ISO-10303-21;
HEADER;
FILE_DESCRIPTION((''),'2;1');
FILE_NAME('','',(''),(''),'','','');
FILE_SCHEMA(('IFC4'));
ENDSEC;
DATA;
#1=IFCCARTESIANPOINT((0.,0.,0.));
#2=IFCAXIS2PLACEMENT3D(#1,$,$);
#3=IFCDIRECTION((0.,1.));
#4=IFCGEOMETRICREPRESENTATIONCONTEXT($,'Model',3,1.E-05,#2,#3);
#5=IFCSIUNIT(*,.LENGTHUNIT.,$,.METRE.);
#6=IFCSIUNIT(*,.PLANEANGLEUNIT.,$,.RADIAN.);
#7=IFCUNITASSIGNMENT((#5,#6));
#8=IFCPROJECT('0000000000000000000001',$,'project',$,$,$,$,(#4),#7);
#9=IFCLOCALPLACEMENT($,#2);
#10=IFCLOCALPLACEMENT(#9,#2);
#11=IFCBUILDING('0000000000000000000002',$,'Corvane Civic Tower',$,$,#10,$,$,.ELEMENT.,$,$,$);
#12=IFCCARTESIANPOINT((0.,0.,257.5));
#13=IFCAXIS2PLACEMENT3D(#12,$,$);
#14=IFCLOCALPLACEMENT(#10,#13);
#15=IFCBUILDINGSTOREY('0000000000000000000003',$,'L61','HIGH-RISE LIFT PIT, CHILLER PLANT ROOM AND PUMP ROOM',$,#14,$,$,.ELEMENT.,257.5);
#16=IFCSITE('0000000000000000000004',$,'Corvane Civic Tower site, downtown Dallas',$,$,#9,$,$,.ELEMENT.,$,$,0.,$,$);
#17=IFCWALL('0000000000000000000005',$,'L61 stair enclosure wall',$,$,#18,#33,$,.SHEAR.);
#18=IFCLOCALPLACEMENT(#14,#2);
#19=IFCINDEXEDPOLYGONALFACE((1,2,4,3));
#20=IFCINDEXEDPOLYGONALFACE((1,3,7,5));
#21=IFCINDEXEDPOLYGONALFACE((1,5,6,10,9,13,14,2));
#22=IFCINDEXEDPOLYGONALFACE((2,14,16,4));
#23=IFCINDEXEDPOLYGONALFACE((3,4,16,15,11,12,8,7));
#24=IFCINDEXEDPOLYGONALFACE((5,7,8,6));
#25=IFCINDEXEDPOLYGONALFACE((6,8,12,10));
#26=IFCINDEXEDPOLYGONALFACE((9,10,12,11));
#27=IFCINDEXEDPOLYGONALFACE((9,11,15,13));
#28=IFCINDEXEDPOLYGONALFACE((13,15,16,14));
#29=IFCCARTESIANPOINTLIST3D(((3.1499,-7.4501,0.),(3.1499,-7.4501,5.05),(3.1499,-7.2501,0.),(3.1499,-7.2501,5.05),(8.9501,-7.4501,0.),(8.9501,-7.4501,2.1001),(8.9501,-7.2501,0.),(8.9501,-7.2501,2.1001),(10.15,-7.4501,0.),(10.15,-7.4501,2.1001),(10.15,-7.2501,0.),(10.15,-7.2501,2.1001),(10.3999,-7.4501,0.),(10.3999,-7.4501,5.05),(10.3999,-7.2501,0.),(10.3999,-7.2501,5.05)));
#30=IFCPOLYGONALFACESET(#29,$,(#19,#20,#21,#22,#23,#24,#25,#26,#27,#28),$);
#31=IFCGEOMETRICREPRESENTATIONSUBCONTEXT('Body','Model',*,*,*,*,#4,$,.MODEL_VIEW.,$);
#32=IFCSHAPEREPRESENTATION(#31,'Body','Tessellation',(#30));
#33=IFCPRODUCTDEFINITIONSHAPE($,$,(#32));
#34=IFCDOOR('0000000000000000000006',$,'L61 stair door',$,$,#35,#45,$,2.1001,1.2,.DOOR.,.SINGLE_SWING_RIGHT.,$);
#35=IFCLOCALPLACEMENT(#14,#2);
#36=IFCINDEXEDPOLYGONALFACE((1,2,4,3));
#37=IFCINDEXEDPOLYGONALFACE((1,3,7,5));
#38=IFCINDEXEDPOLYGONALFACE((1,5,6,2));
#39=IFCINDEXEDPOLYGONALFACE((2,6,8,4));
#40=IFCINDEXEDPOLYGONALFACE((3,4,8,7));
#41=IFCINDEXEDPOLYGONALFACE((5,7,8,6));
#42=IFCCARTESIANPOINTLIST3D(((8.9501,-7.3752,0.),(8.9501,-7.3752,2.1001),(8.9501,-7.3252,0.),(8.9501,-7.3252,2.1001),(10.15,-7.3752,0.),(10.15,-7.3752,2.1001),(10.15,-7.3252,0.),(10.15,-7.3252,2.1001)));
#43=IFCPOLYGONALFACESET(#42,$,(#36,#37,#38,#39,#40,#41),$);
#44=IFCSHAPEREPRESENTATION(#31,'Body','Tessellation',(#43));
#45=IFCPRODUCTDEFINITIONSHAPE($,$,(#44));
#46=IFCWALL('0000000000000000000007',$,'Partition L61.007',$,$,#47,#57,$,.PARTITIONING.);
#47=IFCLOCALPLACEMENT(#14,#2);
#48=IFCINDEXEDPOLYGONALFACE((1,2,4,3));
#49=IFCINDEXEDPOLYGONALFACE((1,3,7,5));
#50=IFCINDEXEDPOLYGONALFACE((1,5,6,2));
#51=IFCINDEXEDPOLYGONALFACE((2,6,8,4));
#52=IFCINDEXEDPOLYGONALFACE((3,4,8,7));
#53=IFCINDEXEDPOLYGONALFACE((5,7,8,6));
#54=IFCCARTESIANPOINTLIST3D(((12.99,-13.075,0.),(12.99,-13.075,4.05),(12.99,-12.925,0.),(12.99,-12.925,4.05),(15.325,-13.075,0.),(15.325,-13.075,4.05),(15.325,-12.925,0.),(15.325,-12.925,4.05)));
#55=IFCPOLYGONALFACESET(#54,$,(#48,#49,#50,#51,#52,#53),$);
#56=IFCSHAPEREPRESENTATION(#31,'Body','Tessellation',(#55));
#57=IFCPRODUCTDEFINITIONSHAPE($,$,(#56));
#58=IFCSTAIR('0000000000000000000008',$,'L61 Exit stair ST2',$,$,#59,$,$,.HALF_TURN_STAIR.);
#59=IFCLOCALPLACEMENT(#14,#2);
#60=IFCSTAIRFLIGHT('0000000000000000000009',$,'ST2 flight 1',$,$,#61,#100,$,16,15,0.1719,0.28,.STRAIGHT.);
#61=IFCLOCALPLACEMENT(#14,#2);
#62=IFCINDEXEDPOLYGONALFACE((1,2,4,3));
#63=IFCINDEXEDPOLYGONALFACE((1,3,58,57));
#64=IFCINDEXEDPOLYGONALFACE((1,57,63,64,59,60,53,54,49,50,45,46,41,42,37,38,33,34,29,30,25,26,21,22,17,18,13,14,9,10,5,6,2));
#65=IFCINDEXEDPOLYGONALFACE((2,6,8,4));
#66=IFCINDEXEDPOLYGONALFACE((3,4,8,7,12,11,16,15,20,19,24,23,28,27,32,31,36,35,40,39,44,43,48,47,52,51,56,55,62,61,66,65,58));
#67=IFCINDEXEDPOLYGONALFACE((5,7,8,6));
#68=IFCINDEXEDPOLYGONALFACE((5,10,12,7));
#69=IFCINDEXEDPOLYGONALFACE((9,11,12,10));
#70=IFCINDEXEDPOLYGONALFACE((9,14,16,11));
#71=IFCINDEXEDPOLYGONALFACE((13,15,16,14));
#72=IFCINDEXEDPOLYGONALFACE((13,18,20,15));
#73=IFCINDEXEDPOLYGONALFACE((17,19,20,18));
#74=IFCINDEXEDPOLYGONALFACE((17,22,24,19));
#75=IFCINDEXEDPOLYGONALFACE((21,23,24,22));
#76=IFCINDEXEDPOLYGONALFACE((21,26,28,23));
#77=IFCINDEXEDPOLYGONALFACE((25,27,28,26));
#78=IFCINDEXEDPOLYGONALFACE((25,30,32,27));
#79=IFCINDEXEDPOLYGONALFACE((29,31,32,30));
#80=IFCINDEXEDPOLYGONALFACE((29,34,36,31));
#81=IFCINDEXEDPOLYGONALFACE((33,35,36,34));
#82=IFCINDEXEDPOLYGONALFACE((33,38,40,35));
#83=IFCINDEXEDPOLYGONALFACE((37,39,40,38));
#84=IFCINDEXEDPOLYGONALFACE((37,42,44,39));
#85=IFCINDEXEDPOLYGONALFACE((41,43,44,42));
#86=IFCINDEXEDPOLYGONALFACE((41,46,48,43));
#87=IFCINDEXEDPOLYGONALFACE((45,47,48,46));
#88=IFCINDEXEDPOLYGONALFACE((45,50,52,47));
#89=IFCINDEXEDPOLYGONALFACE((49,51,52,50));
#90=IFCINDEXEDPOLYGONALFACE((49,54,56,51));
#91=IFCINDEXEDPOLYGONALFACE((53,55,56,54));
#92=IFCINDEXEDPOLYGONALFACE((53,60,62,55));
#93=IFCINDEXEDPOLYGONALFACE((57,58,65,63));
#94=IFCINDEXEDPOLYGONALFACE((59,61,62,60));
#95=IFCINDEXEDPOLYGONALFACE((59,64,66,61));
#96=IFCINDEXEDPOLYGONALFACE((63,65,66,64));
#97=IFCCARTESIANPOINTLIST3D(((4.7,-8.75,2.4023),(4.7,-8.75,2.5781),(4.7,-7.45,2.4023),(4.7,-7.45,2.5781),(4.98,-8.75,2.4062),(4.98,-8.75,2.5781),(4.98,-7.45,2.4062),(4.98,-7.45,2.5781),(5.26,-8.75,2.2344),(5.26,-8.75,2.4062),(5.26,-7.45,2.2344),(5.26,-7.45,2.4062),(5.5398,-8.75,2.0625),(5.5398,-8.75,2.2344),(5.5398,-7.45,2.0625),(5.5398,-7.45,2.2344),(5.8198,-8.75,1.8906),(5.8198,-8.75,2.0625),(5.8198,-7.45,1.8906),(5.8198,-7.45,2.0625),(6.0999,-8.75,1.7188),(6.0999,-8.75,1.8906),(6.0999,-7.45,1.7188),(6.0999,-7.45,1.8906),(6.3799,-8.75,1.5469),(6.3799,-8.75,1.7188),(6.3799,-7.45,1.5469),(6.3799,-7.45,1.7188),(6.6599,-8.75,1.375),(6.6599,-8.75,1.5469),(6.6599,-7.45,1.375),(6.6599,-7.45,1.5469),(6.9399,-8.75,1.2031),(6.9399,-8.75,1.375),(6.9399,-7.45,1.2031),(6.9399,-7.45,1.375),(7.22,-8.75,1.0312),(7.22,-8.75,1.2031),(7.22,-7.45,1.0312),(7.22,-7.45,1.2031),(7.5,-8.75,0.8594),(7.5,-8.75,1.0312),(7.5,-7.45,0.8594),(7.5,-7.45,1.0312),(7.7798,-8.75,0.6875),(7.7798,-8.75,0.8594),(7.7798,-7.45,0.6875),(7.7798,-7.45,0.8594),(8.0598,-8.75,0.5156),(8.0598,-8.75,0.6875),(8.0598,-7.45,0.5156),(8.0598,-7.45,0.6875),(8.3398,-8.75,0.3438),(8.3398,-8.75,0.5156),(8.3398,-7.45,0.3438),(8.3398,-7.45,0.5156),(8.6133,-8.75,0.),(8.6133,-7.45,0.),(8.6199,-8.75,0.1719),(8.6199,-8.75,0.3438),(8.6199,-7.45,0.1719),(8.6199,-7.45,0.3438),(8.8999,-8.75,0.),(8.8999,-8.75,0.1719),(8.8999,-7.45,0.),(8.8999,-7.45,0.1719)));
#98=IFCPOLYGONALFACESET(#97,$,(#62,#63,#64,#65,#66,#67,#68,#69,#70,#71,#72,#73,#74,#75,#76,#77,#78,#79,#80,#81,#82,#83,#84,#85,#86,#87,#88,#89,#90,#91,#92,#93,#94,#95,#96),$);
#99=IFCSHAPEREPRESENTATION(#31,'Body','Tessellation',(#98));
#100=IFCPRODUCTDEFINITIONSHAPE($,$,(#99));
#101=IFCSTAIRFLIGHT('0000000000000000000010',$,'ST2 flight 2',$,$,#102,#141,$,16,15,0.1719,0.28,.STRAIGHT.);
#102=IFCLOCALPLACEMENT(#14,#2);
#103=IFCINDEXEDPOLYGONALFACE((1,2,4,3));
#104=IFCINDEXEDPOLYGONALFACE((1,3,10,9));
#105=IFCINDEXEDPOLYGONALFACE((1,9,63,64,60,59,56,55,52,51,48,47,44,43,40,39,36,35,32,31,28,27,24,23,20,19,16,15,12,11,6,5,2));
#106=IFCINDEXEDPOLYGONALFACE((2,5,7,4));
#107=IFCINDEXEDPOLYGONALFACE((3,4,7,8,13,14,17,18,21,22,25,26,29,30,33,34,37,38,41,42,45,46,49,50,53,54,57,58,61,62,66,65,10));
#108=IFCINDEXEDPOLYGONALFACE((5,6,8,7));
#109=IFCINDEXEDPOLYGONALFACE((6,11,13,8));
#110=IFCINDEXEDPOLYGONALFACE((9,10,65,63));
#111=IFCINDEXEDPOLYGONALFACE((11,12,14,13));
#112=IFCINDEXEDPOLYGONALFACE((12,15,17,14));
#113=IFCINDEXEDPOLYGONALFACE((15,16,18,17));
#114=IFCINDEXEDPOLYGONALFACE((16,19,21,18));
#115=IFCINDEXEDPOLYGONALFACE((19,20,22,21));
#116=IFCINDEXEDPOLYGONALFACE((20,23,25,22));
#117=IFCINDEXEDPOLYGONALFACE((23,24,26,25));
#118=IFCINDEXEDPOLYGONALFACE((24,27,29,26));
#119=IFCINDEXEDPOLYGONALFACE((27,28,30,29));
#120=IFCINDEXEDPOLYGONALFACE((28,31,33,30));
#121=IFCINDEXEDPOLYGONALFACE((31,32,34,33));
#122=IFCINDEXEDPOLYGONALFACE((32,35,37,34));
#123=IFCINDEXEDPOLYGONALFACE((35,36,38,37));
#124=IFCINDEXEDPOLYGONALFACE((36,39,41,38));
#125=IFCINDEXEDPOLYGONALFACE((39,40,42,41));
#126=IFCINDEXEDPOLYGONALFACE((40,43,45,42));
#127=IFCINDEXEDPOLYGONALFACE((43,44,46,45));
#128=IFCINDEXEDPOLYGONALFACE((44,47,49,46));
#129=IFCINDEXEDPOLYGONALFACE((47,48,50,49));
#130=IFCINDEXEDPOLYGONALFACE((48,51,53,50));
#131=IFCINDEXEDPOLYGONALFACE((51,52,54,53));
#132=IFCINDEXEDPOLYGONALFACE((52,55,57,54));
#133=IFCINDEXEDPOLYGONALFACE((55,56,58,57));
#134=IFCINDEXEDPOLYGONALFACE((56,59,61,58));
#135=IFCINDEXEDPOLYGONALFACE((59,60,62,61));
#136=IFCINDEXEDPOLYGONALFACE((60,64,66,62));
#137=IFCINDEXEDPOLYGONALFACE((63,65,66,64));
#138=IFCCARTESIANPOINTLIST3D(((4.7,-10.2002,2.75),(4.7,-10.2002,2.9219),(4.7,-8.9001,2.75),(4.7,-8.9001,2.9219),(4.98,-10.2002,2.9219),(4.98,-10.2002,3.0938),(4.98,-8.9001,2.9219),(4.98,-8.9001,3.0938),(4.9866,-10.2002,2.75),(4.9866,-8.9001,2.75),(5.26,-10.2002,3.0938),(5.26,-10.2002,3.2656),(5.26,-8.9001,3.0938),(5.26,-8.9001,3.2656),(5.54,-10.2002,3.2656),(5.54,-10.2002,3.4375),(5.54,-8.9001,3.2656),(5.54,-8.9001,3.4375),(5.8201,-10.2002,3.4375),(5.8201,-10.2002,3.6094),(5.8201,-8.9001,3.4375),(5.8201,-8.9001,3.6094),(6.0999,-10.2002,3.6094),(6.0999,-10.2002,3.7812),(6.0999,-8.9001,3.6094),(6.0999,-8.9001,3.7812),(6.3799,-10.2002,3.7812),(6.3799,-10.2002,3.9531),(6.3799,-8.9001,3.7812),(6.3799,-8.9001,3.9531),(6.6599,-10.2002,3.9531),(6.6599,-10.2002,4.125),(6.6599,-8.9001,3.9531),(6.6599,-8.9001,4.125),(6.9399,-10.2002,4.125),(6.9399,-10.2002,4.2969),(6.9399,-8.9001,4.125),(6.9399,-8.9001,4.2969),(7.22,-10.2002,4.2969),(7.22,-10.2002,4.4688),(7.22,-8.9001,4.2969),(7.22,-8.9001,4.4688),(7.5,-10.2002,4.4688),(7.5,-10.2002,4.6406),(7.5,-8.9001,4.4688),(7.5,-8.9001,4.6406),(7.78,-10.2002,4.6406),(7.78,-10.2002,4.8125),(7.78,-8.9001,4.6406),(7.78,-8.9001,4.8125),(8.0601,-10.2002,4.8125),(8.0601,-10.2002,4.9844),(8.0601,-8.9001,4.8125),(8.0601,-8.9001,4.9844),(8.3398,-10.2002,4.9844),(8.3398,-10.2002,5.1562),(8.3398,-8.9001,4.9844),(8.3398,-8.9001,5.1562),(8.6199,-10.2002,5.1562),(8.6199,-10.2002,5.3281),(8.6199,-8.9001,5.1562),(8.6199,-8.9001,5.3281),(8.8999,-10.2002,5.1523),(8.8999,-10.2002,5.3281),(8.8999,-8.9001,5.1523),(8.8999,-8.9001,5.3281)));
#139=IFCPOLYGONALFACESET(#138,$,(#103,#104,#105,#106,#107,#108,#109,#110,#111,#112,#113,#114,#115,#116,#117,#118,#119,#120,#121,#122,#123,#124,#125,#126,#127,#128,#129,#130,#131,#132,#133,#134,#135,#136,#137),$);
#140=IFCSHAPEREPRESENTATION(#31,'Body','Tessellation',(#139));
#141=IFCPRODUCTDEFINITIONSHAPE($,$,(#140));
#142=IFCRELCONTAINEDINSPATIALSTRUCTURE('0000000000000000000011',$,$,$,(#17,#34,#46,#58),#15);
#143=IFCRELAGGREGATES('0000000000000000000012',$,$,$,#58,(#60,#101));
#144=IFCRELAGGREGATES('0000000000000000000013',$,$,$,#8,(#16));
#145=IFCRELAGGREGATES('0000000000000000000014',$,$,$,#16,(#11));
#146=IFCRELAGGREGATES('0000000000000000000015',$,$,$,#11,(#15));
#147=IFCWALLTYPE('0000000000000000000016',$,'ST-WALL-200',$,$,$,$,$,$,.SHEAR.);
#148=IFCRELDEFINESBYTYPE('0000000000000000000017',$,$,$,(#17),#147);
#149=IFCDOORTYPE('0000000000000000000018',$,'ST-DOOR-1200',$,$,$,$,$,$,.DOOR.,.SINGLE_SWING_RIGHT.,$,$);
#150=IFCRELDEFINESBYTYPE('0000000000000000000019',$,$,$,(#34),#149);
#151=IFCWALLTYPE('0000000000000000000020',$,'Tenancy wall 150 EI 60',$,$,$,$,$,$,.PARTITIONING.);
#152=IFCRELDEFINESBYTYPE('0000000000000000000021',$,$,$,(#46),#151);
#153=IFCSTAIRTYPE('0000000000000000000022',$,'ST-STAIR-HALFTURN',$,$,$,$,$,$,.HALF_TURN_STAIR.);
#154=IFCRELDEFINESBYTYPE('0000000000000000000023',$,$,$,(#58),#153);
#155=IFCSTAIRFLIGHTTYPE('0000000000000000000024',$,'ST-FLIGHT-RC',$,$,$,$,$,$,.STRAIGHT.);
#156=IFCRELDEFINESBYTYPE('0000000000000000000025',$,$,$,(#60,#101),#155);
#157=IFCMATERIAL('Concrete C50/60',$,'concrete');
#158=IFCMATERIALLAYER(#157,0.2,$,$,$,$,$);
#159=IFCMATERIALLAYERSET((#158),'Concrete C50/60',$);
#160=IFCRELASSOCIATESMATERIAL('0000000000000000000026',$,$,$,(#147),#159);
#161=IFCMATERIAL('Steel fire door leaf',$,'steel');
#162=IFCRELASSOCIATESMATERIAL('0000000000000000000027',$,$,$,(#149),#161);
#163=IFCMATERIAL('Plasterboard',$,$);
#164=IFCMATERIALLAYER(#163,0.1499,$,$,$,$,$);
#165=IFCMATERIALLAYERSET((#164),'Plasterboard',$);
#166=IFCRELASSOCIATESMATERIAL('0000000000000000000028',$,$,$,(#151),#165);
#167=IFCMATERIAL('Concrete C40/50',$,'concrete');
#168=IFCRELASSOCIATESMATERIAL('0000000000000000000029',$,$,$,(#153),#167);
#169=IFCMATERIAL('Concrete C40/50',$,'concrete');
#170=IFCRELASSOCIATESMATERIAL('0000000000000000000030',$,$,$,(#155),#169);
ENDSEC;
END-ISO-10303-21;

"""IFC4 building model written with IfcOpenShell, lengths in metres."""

from ifc_helpers import new_model, si_unit, direction, frame, frame_2d, origin, place, context, subcontext, project, spatial, polyline, rectangle, outline, extrude, material, layer, layer_set, type_object, element, fill, aggregate, save


model = new_model("IFC4")

# Units and contexts
model_context = context("Model", 3, precision=1e-05, world=origin(), true_north=direction((0.0, 1.0)))
body_context = subcontext(model_context, "Body", "Model", "MODEL_VIEW")
ifc_project = project(units=[si_unit("LENGTHUNIT", "METRE"), si_unit("PLANEANGLEUNIT", "RADIAN")], contexts=[model_context])

# Site, building, storey
site_placement = place(None, origin())
site = spatial("IfcSite", under=ifc_project, at=site_placement, Name="Corvane Civic Tower site, downtown Dallas", CompositionType="ELEMENT", RefElevation=0.0)
building_placement = place(site_placement, origin())
building = spatial("IfcBuilding", under=site, at=building_placement, Name="Corvane Civic Tower", CompositionType="ELEMENT")
storey_placement = place(building_placement, frame((0.0, 0.0, 257.5)))
storey = spatial("IfcBuildingStorey", under=building, at=storey_placement, Name="L61", Description="HIGH-RISE LIFT PIT, CHILLER PLANT ROOM AND PUMP ROOM", CompositionType="ELEMENT", Elevation=257.5)

# Wall, opening, door
ifc_material_1 = material(Name="Concrete C50/60", Category="concrete")
ifc_layer_1 = layer(ifc_material_1, 0.2)
ifc_layer_set_1 = layer_set([ifc_layer_1], Name="Concrete C50/60")
wall_type_1 = type_object("IfcWallType", Name="ST-WALL-200", PredefinedType="SHEAR", material=ifc_layer_set_1)
wall_1_placement = place(storey_placement, frame((3.1499, -7.3501, 0.0), z_axis=(0.0, 0.0, 1.0), x_axis=(1.0, 0.0, 0.0)))
wall_1 = element("IfcWall", 1, at=wall_1_placement, inside=storey, type_object=wall_type_1, Name="L61 stair enclosure wall", PredefinedType="SHEAR", context=body_context, shape_type="SweptSolid", body=[
    extrude(rectangle(XDim=7.25, YDim=0.2, at=frame_2d((3.625, 0.0))), origin(), (0.0, 0.0, 1.0), 5.05),
])
opening_1_placement = place(wall_1_placement, frame((5.8, 0.0, 0.0)))
opening_1 = element("IfcOpeningElement", 2, at=opening_1_placement, cuts=wall_1, PredefinedType="OPENING", context=body_context, shape_type="SweptSolid", body=[
    extrude(rectangle(XDim=1.2, YDim=2.1001, at=frame_2d((0.6001, 1.05))), frame((0.0, 0.1099, 0.0), z_axis=(0.0, -1.0, 0.0), x_axis=(1.0, 0.0, 0.0)), (0.0, 0.0, 1.0), 0.22),
])
ifc_material_2 = material(Name="Steel fire door leaf", Category="steel")
door_type_1 = type_object("IfcDoorType", Name="ST-DOOR-1200", OperationType="SINGLE_SWING_RIGHT", PredefinedType="DOOR", material=ifc_material_2)
door_1_placement = place(opening_1_placement, origin())
door_1 = element("IfcDoor", 3, at=door_1_placement, inside=storey, type_object=door_type_1, Name="L61 stair door", OperationType="SINGLE_SWING_RIGHT", OverallHeight=2.1001, OverallWidth=1.2, PredefinedType="DOOR", context=body_context, shape_type="SweptSolid", body=[
    extrude(rectangle(XDim=1.2, YDim=2.1001, at=frame_2d((0.6001, 1.05))), frame((0.0, 0.0249, 0.0), z_axis=(0.0, -1.0, 0.0), x_axis=(1.0, 0.0, 0.0)), (0.0, 0.0, 1.0), 0.05),
])
fill(opening_1, door_1)

# Wall
ifc_material_3 = material(Name="Plasterboard")
ifc_layer_2 = layer(ifc_material_3, 0.1499)
ifc_layer_set_2 = layer_set([ifc_layer_2], Name="Plasterboard")
wall_type_2 = type_object("IfcWallType", Name="Tenancy wall 150 EI 60", PredefinedType="PARTITIONING", material=ifc_layer_set_2)
wall_2_placement = place(storey_placement, frame((12.99, -13.0, 0.0), z_axis=(0.0, 0.0, 1.0), x_axis=(1.0, 0.0, 0.0)))
element("IfcWall", 4, at=wall_2_placement, inside=storey, type_object=wall_type_2, Name="Partition L61.007", PredefinedType="PARTITIONING", context=body_context, shape_type="SweptSolid", body=[
    extrude(rectangle(XDim=2.335, YDim=0.1499, at=frame_2d((1.1675, 0.0))), origin(), (0.0, 0.0, 1.0), 4.05),
])

# Stair, stair flights
ifc_material_4 = material(Name="Concrete C40/50", Category="concrete")
stair_type = type_object("IfcStairType", Name="ST-STAIR-HALFTURN", PredefinedType="HALF_TURN_STAIR", material=ifc_material_4)
stair_placement = place(storey_placement, origin())
stair = element("IfcStair", 5, at=stair_placement, inside=storey, type_object=stair_type, Name="L61 Exit stair ST2", PredefinedType="HALF_TURN_STAIR")
ifc_material_5 = material(Name="Concrete C40/50", Category="concrete")
stair_flight_type = type_object("IfcStairFlightType", Name="ST-FLIGHT-RC", PredefinedType="STRAIGHT", material=ifc_material_5)
stair_flight_1_placement = place(storey_placement, frame((8.8999, -8.1001, 0.0), z_axis=(0.0, 0.0, 1.0), x_axis=(-1.0, 0.0, 0.0)))
stair_flight_1 = element("IfcStairFlight", 6, at=stair_flight_1_placement, type_object=stair_flight_type, Name="ST2 flight 1", NumberOfRisers=16, NumberOfTreads=15, PredefinedType="STRAIGHT", RiserHeight=0.1719, TreadLength=0.28, context=body_context, shape_type="SweptSolid", body=[
    extrude(outline(polyline([(0.0, 0.0), (0.0, 0.1719), (0.28, 0.1719), (0.28, 0.3438), (0.5601, 0.3438), (0.5601, 0.5156), (0.8401, 0.5156), (0.8401, 0.6875), (1.1201, 0.6875), (1.1201, 0.8594), (1.3999, 0.8594), (1.3999, 1.0312), (1.6799, 1.0312), (1.6799, 1.2031), (1.96, 1.2031), (1.96, 1.375), (2.24, 1.375), (2.24, 1.5469), (2.52, 1.5469), (2.52, 1.7188), (2.8, 1.7188), (2.8, 1.8906), (3.0801, 1.8906), (3.0801, 2.0625), (3.3601, 2.0625), (3.3601, 2.2344), (3.6399, 2.2344), (3.6399, 2.4062), (3.9199, 2.4062), (3.9199, 2.5781), (4.2, 2.5781), (4.2, 2.75), (4.2, 2.4023), (0.2866, 0.0), (0.0, 0.0)])), frame((0.0, 0.6499, 0.0), z_axis=(0.0, -1.0, 0.0), x_axis=(1.0, 0.0, 0.0)), (0.0, 0.0, 1.0), 1.3),
])
stair_flight_2_placement = place(storey_placement, frame((4.7, -9.55, 2.75), z_axis=(0.0, 0.0, 1.0), x_axis=(1.0, 0.0, 0.0)))
stair_flight_2 = element("IfcStairFlight", 7, at=stair_flight_2_placement, type_object=stair_flight_type, Name="ST2 flight 2", NumberOfRisers=16, NumberOfTreads=15, PredefinedType="STRAIGHT", RiserHeight=0.1719, TreadLength=0.28, context=body_context, shape_type="SweptSolid", body=[
    extrude(outline(polyline([(0.0, 0.0), (0.0, 0.1719), (0.28, 0.1719), (0.28, 0.3438), (0.5601, 0.3438), (0.5601, 0.5156), (0.8401, 0.5156), (0.8401, 0.6875), (1.1201, 0.6875), (1.1201, 0.8594), (1.3999, 0.8594), (1.3999, 1.0312), (1.6799, 1.0312), (1.6799, 1.2031), (1.96, 1.2031), (1.96, 1.375), (2.24, 1.375), (2.24, 1.5469), (2.52, 1.5469), (2.52, 1.7188), (2.8, 1.7188), (2.8, 1.8906), (3.0801, 1.8906), (3.0801, 2.0625), (3.3601, 2.0625), (3.3601, 2.2344), (3.6399, 2.2344), (3.6399, 2.4062), (3.9199, 2.4062), (3.9199, 2.5781), (4.2, 2.5781), (4.2, 2.75), (4.2, 2.4023), (0.2866, 0.0), (0.0, 0.0)])), frame((0.0, 0.6499, 0.0), z_axis=(0.0, -1.0, 0.0), x_axis=(1.0, 0.0, 0.0)), (0.0, 0.0, 1.0), 1.3),
])
aggregate(stair, [stair_flight_1, stair_flight_2])

save(model, "model.ifc")
